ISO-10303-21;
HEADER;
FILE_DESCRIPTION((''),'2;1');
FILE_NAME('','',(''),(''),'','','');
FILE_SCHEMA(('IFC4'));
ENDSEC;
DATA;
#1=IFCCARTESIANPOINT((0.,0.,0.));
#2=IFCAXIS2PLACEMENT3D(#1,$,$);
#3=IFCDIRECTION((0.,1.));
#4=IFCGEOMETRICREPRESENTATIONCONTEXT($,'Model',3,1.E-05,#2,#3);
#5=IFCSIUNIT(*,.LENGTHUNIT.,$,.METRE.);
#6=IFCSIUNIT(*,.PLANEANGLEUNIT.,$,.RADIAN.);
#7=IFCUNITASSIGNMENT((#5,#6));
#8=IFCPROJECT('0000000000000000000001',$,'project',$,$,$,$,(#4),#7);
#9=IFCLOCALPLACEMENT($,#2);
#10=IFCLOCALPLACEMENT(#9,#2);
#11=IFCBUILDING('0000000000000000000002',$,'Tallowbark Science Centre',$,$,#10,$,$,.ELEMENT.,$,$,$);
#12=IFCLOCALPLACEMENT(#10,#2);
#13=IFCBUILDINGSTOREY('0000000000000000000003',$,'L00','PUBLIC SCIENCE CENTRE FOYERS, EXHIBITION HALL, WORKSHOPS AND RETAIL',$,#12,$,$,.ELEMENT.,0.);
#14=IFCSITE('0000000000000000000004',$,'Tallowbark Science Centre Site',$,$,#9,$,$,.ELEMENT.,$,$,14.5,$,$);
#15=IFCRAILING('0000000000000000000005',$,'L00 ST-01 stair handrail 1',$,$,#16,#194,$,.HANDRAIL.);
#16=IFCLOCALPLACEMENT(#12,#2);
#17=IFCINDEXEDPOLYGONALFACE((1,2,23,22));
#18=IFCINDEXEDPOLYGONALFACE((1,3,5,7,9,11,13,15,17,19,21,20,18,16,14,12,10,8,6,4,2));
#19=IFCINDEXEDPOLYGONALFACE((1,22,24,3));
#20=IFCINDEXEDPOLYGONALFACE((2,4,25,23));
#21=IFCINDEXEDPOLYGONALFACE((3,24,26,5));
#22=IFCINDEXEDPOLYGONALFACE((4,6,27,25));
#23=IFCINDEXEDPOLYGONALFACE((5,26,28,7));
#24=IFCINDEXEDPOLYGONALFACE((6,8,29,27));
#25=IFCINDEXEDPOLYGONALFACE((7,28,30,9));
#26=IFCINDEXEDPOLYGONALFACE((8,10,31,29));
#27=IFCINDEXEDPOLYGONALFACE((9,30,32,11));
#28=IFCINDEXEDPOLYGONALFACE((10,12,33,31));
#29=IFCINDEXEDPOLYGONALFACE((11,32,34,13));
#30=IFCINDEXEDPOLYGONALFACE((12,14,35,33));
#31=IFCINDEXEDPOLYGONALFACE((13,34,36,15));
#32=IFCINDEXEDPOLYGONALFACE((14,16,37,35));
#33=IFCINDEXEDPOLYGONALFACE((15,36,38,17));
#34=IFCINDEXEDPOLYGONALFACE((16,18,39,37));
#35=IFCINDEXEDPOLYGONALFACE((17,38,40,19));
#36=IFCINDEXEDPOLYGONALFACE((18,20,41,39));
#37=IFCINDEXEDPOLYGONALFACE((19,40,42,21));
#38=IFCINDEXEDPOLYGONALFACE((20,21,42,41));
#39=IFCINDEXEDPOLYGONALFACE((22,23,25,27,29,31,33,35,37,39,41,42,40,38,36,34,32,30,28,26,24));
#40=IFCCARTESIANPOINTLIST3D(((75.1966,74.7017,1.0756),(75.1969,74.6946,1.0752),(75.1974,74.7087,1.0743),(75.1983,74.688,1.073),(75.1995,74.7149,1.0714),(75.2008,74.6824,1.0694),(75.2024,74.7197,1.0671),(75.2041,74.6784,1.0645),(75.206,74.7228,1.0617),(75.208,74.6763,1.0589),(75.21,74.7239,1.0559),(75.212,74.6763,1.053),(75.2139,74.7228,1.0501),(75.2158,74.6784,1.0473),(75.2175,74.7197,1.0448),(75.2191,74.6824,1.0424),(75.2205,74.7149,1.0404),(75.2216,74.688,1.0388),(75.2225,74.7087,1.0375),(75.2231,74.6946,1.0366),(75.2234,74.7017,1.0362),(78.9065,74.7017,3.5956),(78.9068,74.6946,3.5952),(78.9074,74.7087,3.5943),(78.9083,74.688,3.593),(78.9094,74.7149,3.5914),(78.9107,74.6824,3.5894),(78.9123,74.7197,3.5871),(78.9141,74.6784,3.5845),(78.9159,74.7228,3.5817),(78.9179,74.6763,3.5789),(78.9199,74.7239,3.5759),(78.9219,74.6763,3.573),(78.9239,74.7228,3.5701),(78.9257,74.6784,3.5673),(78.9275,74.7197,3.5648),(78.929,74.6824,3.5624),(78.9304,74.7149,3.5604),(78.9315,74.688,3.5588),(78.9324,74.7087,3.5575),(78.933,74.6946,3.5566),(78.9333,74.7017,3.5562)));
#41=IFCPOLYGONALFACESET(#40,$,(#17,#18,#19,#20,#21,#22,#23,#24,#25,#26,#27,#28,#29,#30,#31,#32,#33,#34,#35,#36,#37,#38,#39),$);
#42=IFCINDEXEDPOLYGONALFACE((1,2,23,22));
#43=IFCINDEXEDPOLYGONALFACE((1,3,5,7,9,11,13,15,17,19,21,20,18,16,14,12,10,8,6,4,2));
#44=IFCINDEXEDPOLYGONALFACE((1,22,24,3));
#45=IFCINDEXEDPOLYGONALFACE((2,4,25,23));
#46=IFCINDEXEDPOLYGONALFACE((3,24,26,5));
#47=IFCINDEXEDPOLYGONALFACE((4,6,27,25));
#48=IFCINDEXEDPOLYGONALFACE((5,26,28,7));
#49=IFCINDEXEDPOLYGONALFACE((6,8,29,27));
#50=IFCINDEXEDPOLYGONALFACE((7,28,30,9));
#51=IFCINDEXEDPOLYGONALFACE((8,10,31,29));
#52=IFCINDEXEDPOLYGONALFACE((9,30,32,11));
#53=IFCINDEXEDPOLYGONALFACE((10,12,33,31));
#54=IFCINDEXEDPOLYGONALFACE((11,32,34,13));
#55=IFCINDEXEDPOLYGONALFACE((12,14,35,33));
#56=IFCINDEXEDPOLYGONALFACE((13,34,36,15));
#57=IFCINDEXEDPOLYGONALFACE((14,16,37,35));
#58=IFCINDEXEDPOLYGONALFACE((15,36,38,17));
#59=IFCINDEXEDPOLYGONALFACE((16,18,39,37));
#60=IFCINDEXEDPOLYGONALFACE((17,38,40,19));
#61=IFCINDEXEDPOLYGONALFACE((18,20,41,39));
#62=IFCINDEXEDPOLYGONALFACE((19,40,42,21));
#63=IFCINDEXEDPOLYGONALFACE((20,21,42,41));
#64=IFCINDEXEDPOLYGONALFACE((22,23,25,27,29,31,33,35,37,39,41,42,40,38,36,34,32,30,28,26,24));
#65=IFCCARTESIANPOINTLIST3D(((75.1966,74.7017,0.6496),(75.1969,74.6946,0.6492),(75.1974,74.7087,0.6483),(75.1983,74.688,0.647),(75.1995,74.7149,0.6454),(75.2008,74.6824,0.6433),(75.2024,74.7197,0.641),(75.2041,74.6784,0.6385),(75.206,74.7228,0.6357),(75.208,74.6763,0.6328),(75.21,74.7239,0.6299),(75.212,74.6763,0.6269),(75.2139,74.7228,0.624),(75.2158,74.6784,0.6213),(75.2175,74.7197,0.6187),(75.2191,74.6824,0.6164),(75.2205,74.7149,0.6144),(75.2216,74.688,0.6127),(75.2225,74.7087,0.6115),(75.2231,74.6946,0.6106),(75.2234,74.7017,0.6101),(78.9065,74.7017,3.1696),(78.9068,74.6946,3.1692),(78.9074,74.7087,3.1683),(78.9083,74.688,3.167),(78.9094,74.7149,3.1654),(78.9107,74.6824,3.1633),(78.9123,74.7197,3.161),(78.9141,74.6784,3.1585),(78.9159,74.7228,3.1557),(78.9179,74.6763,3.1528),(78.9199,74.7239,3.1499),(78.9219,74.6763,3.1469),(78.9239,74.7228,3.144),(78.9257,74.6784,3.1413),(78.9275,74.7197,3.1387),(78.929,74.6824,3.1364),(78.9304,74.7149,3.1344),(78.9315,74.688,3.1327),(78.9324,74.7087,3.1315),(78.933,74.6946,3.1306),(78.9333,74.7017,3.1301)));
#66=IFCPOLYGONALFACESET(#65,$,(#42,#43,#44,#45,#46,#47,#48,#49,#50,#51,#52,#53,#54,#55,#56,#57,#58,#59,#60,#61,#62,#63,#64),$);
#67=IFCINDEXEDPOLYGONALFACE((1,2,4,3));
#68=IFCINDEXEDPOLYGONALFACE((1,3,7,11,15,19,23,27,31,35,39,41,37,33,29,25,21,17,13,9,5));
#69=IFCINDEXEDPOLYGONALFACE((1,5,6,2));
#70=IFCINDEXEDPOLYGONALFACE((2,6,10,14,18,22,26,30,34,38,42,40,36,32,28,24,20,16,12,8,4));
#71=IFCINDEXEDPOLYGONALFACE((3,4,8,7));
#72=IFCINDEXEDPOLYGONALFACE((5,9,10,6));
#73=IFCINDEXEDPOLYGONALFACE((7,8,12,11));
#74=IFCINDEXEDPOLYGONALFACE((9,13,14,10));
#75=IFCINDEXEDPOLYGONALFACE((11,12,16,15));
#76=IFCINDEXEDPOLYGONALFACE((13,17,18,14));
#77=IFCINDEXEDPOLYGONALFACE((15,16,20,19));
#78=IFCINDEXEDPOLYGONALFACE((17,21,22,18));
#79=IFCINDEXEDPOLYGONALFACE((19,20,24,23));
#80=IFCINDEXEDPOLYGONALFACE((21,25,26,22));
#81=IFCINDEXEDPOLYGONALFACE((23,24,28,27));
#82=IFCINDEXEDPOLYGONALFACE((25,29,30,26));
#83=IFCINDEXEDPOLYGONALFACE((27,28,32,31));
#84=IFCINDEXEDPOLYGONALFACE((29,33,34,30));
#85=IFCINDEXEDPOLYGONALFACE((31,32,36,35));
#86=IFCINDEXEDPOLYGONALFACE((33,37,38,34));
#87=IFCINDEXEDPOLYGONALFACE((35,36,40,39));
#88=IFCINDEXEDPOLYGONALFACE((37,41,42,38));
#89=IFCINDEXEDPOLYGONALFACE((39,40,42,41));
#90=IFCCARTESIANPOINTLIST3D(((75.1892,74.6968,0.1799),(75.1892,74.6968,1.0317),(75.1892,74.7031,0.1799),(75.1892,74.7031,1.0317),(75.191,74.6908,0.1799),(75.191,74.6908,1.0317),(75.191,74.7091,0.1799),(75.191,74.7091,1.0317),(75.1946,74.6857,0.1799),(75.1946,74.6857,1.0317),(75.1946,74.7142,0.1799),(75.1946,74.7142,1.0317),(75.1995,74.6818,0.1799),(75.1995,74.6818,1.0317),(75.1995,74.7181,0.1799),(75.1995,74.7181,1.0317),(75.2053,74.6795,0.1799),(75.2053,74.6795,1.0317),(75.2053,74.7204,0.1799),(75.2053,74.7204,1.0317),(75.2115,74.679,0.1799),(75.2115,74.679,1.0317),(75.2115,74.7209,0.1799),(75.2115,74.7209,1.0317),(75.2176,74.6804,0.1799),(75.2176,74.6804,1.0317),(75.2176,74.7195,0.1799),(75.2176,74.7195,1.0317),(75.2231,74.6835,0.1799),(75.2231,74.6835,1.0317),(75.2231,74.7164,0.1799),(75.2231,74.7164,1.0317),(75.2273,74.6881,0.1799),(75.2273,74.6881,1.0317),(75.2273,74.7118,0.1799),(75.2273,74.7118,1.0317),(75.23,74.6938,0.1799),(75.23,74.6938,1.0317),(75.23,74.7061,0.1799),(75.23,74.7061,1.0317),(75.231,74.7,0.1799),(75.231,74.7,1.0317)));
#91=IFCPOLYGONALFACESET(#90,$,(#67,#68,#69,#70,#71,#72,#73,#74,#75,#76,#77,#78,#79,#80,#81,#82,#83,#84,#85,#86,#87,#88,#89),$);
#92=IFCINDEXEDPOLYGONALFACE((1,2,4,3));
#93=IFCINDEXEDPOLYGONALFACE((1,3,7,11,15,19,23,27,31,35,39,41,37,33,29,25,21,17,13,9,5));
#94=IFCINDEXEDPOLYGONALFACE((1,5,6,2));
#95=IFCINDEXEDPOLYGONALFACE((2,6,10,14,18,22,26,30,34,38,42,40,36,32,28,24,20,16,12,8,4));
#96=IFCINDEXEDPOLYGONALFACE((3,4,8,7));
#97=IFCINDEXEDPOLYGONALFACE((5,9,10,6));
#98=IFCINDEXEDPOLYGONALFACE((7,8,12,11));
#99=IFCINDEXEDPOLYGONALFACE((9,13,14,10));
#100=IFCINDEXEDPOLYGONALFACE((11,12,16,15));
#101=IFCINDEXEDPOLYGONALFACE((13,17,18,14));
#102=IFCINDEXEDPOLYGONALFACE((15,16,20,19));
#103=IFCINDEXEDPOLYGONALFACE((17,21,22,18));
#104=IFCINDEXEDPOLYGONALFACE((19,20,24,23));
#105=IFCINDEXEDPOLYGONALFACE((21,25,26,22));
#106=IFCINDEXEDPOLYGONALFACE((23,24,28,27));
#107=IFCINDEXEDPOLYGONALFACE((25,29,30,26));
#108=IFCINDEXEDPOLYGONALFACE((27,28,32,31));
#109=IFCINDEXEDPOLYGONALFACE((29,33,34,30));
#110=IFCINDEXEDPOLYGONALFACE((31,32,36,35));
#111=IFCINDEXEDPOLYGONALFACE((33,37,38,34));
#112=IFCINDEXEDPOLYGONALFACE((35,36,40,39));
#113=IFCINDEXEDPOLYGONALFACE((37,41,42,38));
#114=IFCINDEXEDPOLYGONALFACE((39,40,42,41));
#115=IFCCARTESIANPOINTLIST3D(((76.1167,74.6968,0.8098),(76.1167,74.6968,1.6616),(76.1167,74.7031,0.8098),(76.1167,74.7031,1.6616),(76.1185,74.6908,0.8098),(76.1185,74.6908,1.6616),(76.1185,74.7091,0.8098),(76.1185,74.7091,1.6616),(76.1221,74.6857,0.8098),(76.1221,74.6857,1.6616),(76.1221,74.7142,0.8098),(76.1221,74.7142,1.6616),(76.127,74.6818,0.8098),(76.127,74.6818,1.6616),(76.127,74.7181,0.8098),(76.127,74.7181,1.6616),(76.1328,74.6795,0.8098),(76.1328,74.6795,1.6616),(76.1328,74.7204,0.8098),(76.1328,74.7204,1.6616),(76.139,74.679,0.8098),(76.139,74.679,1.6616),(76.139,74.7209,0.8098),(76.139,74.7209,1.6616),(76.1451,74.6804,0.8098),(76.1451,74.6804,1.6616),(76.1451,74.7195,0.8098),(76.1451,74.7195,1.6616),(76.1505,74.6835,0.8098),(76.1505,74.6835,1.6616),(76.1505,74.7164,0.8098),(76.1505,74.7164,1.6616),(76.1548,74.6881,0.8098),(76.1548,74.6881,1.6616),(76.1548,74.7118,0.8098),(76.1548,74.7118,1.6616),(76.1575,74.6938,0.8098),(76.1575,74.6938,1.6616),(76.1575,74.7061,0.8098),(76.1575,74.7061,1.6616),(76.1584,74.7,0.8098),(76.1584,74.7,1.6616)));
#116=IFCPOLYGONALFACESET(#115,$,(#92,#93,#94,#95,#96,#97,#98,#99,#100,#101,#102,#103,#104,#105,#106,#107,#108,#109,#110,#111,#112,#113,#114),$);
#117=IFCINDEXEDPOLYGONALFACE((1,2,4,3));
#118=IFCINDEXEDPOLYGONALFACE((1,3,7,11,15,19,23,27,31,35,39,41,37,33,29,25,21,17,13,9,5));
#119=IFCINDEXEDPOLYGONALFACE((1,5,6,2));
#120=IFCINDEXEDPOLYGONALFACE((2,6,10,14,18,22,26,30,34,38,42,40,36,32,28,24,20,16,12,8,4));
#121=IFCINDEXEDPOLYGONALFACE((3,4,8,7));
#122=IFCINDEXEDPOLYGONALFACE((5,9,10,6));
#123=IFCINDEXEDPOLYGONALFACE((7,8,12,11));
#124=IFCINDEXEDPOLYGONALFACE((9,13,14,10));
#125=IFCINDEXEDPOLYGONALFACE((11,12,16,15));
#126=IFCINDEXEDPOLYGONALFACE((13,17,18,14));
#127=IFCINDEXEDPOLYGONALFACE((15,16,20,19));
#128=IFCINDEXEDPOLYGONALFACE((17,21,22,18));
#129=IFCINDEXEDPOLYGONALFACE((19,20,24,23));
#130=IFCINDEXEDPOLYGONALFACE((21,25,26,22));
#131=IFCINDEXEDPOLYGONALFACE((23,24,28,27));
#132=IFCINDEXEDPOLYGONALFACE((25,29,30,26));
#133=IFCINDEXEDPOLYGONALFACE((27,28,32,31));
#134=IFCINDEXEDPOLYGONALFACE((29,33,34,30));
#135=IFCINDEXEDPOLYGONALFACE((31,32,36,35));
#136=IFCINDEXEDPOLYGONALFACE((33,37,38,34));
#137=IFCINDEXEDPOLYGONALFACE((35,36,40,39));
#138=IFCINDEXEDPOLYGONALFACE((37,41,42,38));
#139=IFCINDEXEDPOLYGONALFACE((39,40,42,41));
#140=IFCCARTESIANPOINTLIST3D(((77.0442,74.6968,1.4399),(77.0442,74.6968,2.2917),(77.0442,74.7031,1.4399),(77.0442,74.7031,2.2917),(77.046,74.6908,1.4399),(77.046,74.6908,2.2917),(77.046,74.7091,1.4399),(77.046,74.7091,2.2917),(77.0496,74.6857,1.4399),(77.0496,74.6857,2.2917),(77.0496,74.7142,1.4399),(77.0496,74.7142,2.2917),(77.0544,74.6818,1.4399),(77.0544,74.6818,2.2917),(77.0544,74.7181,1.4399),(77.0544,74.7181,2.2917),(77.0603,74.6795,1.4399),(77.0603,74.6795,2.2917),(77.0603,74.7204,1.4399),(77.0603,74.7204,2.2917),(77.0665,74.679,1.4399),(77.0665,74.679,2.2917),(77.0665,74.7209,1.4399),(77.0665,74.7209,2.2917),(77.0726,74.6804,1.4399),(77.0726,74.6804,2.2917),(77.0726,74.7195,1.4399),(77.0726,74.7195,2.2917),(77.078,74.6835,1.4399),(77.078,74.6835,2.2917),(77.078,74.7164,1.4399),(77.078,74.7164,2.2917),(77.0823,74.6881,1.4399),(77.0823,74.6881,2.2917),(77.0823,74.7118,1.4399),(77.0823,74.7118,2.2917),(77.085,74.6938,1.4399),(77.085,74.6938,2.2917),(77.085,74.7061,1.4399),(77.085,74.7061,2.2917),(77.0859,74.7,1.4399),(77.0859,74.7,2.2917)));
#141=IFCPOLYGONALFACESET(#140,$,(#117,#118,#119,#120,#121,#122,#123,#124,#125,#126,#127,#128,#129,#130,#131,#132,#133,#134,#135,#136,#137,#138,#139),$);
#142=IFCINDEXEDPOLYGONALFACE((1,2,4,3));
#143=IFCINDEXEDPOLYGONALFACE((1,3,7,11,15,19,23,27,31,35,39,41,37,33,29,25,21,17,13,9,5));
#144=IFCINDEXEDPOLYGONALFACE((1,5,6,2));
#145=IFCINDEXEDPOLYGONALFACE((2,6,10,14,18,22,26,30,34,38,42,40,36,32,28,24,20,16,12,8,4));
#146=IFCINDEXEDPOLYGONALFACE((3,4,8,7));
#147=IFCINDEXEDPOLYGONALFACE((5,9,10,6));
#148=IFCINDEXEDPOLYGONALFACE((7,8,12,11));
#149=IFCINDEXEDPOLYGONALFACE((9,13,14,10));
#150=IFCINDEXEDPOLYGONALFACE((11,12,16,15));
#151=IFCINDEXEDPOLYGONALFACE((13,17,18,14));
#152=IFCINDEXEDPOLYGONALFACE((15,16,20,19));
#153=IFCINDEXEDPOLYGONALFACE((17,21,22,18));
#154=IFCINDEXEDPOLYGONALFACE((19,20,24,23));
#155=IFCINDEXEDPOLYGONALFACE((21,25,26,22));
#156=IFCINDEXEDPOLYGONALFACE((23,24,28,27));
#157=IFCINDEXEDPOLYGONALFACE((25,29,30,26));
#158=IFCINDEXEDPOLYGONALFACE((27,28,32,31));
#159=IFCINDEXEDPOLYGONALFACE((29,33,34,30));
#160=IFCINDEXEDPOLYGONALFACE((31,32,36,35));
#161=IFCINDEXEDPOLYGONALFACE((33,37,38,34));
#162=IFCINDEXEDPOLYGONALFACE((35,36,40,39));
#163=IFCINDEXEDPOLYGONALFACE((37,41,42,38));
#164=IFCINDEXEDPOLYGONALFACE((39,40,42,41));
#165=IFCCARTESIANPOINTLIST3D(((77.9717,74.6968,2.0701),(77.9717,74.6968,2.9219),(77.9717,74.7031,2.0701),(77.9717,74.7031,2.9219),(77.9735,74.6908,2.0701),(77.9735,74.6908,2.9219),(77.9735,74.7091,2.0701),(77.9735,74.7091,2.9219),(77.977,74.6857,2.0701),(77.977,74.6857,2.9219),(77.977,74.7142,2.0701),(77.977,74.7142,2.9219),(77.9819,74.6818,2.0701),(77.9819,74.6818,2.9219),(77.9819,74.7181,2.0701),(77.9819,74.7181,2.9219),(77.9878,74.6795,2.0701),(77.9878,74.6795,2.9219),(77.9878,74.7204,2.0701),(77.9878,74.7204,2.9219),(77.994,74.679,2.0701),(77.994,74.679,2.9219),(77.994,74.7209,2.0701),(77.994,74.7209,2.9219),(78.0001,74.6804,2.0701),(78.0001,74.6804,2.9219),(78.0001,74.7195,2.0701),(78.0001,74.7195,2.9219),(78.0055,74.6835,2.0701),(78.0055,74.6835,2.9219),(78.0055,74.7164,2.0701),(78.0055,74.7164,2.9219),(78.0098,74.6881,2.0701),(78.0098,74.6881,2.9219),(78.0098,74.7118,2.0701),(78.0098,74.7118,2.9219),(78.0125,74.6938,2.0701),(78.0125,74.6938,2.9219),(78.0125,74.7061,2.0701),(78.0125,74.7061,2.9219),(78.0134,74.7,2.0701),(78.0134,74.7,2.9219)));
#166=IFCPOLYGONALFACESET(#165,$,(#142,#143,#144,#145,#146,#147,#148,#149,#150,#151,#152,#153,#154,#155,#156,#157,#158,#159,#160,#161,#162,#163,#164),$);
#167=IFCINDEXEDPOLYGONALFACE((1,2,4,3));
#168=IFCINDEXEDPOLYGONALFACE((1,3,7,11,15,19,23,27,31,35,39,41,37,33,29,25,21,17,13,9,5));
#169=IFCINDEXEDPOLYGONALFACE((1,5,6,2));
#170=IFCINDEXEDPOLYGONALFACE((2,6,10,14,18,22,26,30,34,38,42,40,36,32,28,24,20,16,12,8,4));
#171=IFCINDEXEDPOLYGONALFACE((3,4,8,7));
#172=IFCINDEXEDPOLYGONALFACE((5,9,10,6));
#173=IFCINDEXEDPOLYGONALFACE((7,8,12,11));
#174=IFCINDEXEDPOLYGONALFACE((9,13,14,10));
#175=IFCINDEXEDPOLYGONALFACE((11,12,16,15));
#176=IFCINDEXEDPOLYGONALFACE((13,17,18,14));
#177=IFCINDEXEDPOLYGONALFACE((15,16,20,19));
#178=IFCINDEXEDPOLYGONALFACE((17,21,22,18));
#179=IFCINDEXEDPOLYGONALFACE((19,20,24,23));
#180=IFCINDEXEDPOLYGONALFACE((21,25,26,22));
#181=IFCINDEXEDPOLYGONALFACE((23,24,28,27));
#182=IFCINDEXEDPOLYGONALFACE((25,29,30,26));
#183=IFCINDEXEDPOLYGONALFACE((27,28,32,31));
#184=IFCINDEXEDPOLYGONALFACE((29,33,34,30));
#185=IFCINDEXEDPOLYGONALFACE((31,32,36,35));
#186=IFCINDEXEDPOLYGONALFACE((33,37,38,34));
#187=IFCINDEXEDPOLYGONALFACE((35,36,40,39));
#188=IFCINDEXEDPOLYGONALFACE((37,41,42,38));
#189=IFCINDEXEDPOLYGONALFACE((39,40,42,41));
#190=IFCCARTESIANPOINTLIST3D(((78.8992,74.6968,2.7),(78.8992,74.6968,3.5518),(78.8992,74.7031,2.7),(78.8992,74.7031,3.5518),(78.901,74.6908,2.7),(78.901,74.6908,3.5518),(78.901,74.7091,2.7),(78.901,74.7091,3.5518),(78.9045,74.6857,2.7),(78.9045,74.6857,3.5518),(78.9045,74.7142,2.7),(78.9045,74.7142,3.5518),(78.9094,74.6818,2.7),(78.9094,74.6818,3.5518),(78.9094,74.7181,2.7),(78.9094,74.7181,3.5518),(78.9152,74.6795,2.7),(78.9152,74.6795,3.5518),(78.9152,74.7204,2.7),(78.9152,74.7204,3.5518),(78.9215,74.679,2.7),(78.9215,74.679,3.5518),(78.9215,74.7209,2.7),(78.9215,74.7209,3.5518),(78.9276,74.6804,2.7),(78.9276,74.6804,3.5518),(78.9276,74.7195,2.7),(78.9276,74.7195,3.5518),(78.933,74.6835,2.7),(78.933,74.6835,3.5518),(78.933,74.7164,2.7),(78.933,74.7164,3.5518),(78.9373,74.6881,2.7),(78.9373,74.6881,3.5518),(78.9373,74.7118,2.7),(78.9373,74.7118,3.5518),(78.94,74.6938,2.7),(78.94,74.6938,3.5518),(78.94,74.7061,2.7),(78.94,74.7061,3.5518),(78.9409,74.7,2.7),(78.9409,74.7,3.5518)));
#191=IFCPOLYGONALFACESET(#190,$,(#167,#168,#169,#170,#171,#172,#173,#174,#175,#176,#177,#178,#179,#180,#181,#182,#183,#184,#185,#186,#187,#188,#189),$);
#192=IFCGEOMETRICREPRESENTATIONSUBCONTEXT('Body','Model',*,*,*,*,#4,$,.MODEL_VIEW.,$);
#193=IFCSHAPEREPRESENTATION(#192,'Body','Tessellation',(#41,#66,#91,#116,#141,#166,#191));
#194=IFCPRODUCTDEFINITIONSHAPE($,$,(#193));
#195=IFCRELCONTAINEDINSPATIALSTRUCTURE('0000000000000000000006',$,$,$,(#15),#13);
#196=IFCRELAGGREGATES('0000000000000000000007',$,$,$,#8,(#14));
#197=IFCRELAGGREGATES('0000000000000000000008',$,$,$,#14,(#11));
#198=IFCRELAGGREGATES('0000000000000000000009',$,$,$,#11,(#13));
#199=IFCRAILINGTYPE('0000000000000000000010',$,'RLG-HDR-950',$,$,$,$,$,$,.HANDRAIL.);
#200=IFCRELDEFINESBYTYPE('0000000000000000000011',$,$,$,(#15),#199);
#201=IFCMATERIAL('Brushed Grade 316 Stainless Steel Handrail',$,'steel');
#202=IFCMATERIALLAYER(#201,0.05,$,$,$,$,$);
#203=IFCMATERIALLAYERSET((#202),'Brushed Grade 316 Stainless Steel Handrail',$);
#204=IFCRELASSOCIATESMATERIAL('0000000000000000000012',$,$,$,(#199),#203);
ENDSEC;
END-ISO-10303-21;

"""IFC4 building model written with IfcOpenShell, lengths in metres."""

from ifc_helpers import new_model, si_unit, direction, frame, origin, origin_2d, place, context, subcontext, project, spatial, circle, extrude, material, layer, layer_set, type_object, element, save


model = new_model("IFC4")

# Units and contexts
model_context = context("Model", 3, precision=1e-05, world=origin(), true_north=direction((0.0, 1.0)))
body_context = subcontext(model_context, "Body", "Model", "MODEL_VIEW")
ifc_project = project(units=[si_unit("LENGTHUNIT", "METRE"), si_unit("PLANEANGLEUNIT", "RADIAN")], contexts=[model_context])

# Site, building, storey
site_placement = place(None, origin())
site = spatial("IfcSite", under=ifc_project, at=site_placement, Name="Tallowbark Science Centre Site", CompositionType="ELEMENT", RefElevation=14.5)
building_placement = place(site_placement, origin())
building = spatial("IfcBuilding", under=site, at=building_placement, Name="Tallowbark Science Centre", CompositionType="ELEMENT")
storey_placement = place(building_placement, origin())
storey = spatial("IfcBuildingStorey", under=building, at=storey_placement, Name="L00", Description="PUBLIC SCIENCE CENTRE FOYERS, EXHIBITION HALL, WORKSHOPS AND RETAIL", CompositionType="ELEMENT", Elevation=0.0)

# Railing
ifc_material_1 = material(Name="Brushed Grade 316 Stainless Steel Handrail", Category="steel")
ifc_layer_1 = layer(ifc_material_1, 0.05)
ifc_layer_set_1 = layer_set([ifc_layer_1], Name="Brushed Grade 316 Stainless Steel Handrail")
railing_type_1 = type_object("IfcRailingType", Name="RLG-HDR-950", PredefinedType="HANDRAIL", material=ifc_layer_set_1)
railing_1_placement = place(storey_placement, frame((75.21, 74.7, 0.1799)))
element("IfcRailing", 1, at=railing_1_placement, inside=storey, type_object=railing_type_1, Name="L00 ST-01 stair handrail 1", PredefinedType="HANDRAIL", context=body_context, shape_type="SweptSolid", body=[
    extrude(circle(Radius=0.0239, at=origin_2d()), frame((0.0, 0.0, 0.876), z_axis=(0.827212, 0.0, 0.56189), x_axis=(0.0, 1.0, 0.0)), (0.0, 0.0, 1.0), 4.4849),
    extrude(circle(Radius=0.0239, at=origin_2d()), frame((0.0, 0.0, 0.45), z_axis=(0.827212, 0.0, 0.56189), x_axis=(0.0, 1.0, 0.0)), (0.0, 0.0, 1.0), 4.4849),
    extrude(circle(Radius=0.021, at=origin_2d()), origin(), (0.0, 0.0, 1.0), 0.8518),
    extrude(circle(Radius=0.021, at=origin_2d()), frame((0.9275, 0.0, 0.6299)), (0.0, 0.0, 1.0), 0.8518),
    extrude(circle(Radius=0.021, at=origin_2d()), frame((1.855, 0.0, 1.26)), (0.0, 0.0, 1.0), 0.8518),
    extrude(circle(Radius=0.021, at=origin_2d()), frame((2.7825, 0.0, 1.8901)), (0.0, 0.0, 1.0), 0.8518),
    extrude(circle(Radius=0.021, at=origin_2d()), frame((3.71, 0.0, 2.52)), (0.0, 0.0, 1.0), 0.8518),
])

save(model, "model.ifc")
